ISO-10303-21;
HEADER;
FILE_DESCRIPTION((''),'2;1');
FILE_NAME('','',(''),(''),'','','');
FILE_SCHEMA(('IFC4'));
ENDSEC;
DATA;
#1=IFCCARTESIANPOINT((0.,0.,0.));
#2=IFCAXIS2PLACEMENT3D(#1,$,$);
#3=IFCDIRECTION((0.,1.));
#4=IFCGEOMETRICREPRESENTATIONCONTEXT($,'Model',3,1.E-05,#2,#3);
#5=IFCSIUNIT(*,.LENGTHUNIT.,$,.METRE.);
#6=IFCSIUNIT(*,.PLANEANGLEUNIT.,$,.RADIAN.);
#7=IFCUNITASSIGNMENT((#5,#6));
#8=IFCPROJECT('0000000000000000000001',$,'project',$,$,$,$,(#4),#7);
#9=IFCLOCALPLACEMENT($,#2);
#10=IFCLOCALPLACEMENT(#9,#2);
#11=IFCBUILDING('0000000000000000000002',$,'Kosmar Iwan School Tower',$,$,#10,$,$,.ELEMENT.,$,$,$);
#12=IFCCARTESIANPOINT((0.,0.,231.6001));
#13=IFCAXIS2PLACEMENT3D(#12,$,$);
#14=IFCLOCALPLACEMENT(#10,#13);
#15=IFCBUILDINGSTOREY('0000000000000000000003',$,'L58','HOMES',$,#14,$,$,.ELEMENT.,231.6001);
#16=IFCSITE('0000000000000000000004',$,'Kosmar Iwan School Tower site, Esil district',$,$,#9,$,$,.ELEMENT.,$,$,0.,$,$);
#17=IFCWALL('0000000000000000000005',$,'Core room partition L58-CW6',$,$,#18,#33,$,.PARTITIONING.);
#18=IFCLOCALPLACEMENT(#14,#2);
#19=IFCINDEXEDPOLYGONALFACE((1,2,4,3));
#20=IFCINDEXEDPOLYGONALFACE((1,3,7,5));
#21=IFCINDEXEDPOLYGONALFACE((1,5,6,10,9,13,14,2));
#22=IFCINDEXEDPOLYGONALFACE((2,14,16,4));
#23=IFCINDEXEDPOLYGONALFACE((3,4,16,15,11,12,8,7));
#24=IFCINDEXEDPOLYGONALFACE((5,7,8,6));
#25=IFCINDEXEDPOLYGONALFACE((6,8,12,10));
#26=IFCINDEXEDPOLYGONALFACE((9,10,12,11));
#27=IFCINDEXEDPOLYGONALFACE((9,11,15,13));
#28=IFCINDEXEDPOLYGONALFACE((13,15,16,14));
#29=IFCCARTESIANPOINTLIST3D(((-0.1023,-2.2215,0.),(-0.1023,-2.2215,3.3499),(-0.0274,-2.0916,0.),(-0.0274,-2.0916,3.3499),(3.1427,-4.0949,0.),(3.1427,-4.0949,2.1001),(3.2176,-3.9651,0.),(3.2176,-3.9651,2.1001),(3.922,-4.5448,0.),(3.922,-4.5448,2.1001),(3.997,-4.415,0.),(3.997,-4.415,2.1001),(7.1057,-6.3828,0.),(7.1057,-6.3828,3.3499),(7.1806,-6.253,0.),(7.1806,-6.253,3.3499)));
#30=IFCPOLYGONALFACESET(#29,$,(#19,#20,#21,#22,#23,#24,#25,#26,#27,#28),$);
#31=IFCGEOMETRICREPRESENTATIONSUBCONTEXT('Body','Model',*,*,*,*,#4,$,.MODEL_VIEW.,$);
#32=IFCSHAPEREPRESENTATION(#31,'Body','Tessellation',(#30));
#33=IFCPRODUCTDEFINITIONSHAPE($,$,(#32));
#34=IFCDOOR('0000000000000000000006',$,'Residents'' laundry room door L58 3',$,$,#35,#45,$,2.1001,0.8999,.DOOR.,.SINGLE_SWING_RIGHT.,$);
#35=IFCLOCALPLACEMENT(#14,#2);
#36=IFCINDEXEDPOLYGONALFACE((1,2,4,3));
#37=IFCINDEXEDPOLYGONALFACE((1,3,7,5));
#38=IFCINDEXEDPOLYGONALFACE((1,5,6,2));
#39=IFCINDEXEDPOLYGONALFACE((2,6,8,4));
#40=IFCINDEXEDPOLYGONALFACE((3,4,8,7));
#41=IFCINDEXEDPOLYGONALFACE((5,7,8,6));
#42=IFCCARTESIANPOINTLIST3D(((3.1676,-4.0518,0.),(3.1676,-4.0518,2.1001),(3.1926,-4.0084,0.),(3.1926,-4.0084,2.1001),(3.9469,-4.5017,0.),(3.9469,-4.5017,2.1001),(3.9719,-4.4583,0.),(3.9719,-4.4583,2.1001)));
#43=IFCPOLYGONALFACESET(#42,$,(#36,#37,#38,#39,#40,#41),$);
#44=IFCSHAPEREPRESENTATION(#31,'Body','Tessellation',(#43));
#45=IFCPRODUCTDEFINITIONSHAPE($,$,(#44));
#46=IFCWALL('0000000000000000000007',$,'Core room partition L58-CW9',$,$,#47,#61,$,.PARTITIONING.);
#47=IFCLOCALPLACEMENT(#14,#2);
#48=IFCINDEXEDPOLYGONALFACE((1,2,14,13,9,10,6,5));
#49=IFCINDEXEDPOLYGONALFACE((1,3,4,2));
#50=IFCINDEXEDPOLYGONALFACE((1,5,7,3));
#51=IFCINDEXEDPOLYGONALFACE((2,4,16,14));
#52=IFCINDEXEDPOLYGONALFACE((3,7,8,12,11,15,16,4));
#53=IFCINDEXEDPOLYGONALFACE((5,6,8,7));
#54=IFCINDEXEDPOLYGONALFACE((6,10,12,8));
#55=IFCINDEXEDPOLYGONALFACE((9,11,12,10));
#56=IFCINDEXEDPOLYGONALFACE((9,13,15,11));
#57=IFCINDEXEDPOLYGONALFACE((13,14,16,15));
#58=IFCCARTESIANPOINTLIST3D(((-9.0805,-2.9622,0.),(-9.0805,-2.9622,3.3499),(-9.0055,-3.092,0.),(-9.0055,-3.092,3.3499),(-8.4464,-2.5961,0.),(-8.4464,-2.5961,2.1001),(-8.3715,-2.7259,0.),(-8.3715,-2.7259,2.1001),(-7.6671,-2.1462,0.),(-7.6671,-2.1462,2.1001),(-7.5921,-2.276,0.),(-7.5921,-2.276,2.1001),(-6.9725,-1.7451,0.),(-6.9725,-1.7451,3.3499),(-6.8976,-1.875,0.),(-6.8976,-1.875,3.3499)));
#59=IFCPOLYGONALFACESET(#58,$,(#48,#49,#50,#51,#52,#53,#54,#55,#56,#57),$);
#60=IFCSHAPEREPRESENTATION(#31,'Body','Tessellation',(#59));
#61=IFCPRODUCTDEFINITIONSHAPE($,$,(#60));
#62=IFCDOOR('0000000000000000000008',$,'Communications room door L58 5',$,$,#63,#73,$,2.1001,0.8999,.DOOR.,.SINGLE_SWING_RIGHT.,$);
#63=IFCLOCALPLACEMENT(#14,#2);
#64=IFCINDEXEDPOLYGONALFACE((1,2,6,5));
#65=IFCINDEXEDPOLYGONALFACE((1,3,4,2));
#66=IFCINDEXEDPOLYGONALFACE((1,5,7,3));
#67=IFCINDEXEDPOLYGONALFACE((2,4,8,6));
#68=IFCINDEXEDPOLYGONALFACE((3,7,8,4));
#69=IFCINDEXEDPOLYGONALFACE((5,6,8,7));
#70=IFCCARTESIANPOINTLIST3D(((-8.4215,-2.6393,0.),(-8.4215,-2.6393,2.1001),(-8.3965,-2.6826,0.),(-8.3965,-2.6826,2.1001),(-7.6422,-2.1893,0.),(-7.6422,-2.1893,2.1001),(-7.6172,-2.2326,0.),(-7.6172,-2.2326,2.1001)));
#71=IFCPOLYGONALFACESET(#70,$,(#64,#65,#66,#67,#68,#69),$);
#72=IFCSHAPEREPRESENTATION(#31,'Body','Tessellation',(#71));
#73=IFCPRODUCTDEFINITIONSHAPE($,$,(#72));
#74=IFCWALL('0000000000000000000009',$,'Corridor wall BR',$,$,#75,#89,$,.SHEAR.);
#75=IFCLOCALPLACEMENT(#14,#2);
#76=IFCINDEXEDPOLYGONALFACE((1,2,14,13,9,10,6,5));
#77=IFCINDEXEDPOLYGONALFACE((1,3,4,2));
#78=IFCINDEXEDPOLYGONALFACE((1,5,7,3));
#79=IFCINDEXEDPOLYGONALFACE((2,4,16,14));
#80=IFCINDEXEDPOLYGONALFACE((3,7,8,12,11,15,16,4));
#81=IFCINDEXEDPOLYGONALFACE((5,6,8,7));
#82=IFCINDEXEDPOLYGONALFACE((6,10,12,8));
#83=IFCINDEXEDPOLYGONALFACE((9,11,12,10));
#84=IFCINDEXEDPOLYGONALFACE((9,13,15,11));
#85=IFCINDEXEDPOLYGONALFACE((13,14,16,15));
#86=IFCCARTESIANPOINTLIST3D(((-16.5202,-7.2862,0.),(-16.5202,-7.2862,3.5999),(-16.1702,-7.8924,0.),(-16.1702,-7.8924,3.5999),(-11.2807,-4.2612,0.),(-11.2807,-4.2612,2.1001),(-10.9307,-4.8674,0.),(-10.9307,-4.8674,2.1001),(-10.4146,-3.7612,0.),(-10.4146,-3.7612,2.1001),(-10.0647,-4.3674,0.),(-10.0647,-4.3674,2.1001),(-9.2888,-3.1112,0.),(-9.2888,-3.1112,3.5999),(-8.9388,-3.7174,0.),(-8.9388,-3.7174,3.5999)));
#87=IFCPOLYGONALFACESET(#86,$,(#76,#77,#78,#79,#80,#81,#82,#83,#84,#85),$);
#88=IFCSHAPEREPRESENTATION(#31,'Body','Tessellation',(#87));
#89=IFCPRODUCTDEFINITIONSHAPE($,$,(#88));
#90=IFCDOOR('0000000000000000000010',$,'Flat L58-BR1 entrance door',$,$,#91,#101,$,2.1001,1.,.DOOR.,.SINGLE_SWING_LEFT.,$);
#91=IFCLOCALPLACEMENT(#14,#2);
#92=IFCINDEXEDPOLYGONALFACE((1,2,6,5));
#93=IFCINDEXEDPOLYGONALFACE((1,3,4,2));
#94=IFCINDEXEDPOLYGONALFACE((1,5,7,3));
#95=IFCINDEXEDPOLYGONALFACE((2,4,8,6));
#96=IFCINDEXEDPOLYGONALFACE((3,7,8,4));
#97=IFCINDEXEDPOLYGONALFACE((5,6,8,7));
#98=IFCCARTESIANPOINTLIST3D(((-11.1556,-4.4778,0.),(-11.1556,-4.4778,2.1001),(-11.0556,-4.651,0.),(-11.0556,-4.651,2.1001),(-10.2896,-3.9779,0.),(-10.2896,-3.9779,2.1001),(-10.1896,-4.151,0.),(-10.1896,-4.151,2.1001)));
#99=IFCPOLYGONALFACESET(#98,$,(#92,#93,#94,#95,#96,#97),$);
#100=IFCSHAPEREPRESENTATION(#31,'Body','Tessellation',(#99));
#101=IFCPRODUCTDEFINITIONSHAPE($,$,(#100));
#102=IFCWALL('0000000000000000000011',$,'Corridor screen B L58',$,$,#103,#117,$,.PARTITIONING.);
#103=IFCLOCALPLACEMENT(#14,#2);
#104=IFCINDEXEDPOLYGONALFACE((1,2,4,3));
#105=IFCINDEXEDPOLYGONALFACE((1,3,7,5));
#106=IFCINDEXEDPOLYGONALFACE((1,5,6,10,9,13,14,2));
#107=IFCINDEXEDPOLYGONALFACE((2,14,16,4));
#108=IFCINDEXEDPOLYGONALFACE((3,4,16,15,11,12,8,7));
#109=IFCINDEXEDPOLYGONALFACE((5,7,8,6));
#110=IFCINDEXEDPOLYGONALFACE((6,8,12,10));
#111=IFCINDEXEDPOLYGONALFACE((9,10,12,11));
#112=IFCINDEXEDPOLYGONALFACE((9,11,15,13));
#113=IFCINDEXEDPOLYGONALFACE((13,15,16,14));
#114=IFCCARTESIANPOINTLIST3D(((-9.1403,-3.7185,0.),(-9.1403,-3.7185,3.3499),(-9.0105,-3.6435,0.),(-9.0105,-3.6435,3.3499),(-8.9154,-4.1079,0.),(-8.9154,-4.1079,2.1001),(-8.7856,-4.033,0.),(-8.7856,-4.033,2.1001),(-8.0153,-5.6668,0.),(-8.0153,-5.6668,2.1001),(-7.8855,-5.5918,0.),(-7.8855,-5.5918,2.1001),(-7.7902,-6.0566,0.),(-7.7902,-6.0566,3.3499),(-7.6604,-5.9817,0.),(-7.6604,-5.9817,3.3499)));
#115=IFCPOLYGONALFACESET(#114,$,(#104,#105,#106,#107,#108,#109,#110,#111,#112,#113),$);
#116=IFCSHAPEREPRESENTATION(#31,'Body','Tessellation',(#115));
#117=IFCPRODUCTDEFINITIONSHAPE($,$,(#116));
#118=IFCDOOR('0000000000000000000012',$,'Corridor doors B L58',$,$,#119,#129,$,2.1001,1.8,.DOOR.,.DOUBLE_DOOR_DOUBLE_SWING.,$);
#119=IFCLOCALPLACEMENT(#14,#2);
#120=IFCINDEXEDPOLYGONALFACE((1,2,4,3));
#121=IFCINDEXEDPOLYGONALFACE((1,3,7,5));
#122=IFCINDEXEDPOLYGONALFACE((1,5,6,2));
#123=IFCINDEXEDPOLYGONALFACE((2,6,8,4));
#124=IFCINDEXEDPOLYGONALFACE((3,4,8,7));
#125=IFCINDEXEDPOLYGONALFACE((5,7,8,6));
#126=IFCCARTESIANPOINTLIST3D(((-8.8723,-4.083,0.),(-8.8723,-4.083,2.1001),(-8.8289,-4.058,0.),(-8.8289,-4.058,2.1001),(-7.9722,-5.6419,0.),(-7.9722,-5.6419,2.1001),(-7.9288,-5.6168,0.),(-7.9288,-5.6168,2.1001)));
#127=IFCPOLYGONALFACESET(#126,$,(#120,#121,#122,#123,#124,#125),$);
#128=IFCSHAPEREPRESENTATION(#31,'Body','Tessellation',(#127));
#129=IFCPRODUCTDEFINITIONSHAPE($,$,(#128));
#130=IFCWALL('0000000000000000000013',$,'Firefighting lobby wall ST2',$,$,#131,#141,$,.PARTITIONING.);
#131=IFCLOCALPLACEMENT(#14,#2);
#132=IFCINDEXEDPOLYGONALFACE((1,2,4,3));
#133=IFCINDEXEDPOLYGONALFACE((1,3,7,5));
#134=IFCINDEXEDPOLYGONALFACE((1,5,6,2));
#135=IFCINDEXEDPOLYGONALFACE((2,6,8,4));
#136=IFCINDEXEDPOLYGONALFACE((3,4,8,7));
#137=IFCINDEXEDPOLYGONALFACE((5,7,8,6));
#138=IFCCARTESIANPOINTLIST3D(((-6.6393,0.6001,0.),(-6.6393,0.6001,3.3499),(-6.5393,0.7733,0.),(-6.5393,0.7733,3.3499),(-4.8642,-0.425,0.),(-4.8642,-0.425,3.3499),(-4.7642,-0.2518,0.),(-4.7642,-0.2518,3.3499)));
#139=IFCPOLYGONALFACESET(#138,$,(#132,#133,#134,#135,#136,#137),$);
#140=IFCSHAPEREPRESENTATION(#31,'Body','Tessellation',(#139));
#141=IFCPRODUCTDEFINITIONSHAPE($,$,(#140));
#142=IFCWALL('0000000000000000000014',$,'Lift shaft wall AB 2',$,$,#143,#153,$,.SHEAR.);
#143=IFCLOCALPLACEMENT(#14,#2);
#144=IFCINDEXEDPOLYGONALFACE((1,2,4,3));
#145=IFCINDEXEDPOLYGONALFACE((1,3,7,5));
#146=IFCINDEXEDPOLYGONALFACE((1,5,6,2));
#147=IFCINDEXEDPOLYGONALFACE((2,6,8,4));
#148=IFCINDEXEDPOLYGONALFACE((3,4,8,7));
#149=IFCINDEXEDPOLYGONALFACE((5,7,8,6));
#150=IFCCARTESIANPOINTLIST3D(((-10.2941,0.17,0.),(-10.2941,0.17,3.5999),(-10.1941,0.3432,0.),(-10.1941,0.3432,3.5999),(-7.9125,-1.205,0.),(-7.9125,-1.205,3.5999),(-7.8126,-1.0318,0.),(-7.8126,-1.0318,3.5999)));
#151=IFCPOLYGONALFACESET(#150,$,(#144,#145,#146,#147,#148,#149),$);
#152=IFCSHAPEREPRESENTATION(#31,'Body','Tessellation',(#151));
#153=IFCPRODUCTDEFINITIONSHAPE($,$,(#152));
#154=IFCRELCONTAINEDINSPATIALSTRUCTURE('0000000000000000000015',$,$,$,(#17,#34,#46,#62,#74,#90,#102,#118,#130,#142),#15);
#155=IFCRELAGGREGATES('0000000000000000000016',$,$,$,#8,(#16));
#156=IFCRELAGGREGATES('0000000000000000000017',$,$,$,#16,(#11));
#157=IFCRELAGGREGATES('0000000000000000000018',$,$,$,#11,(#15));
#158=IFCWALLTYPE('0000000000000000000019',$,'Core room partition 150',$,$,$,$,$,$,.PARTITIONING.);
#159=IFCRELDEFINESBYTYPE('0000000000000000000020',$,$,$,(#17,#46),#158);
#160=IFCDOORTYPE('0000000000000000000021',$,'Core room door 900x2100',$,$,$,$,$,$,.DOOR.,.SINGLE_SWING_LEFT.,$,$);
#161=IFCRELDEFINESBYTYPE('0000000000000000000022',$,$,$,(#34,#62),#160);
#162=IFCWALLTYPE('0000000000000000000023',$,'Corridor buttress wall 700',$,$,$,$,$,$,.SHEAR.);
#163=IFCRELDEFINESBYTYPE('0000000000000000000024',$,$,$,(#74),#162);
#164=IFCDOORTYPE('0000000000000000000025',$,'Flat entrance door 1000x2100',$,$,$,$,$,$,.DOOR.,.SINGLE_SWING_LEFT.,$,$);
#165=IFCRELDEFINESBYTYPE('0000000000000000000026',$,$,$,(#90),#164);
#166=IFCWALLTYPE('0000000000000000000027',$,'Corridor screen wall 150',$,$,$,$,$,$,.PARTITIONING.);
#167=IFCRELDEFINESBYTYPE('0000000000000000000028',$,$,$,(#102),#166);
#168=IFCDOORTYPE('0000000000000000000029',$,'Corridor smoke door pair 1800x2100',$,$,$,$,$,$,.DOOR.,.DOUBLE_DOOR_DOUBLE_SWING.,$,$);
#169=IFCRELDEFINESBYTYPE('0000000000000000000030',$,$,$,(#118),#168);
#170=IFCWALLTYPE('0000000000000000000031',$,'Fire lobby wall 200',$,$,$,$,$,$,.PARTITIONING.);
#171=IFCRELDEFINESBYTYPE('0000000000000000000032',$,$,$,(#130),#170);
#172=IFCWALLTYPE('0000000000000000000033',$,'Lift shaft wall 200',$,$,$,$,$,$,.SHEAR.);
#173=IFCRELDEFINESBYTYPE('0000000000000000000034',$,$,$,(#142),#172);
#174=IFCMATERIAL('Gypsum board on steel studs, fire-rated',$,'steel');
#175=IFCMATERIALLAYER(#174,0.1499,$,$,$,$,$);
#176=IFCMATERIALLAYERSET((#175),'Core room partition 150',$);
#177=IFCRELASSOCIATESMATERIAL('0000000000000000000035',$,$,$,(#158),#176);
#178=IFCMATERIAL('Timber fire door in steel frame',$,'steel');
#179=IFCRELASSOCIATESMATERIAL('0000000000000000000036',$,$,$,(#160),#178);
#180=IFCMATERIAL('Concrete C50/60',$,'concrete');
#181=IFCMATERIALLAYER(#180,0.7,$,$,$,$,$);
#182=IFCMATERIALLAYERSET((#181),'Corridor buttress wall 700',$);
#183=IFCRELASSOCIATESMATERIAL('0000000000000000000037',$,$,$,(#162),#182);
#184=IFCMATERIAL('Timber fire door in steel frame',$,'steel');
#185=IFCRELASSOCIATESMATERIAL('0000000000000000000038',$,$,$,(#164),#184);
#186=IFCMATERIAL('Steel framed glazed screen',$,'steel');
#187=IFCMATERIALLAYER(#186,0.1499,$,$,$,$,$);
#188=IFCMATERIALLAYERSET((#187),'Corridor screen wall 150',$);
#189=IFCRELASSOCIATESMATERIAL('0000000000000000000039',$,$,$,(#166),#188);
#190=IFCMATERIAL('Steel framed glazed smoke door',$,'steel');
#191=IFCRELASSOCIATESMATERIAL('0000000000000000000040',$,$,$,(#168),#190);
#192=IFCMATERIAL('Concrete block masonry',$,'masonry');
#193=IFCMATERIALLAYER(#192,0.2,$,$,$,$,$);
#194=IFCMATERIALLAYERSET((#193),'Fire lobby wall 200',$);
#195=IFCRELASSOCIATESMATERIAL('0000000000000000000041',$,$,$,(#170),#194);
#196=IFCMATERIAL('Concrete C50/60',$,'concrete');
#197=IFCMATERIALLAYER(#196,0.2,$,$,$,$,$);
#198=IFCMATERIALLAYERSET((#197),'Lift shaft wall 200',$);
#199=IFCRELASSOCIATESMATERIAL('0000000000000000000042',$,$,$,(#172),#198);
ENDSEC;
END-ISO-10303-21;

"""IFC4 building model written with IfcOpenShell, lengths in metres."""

from ifc_helpers import new_model, si_unit, direction, frame, frame_2d, origin, place, context, subcontext, project, spatial, rectangle, extrude, material, layer, layer_set, type_object, element, fill, save


model = new_model("IFC4")

# Units and contexts
model_context = context("Model", 3, precision=1e-05, world=origin(), true_north=direction((0.0, 1.0)))
body_context = subcontext(model_context, "Body", "Model", "MODEL_VIEW")
ifc_project = project(units=[si_unit("LENGTHUNIT", "METRE"), si_unit("PLANEANGLEUNIT", "RADIAN")], contexts=[model_context])

# Site, building, storey
site_placement = place(None, origin())
site = spatial("IfcSite", under=ifc_project, at=site_placement, Name="Kosmar Iwan School Tower site, Esil district", CompositionType="ELEMENT", RefElevation=0.0)
building_placement = place(site_placement, origin())
building = spatial("IfcBuilding", under=site, at=building_placement, Name="Kosmar Iwan School Tower", CompositionType="ELEMENT")
storey_placement = place(building_placement, frame((0.0, 0.0, 231.6001)))
storey = spatial("IfcBuildingStorey", under=building, at=storey_placement, Name="L58", Description="HOMES", CompositionType="ELEMENT", Elevation=231.6001)

# Walls, openings, doors
ifc_material_1 = material(Name="Gypsum board on steel studs, fire-rated", Category="steel")
ifc_layer_1 = layer(ifc_material_1, 0.1499)
ifc_layer_set_1 = layer_set([ifc_layer_1], Name="Core room partition 150")
wall_type_1 = type_object("IfcWallType", Name="Core room partition 150", PredefinedType="PARTITIONING", material=ifc_layer_set_1)
wall_1_placement = place(storey_placement, frame((-0.0649, -2.1565, 0.0), z_axis=(0.0, 0.0, 1.0), x_axis=(0.866034, -0.499985, 0.0)))
wall_1 = element("IfcWall", 1, at=wall_1_placement, inside=storey, type_object=wall_type_1, Name="Core room partition L58-CW6", PredefinedType="PARTITIONING", context=body_context, shape_type="SweptSolid", body=[
    extrude(rectangle(XDim=8.323, YDim=0.1499, at=frame_2d((4.1616, 0.0))), origin(), (0.0, 0.0, 1.0), 3.3499),
])
opening_1_placement = place(wall_1_placement, frame((3.7471, 0.0, 0.0)))
opening_1 = element("IfcOpeningElement", 2, at=opening_1_placement, cuts=wall_1, PredefinedType="OPENING", context=body_context, shape_type="SweptSolid", body=[
    extrude(rectangle(XDim=0.8999, YDim=2.1001, at=frame_2d((0.45, 1.05))), frame((0.0, 0.0869, 0.0), z_axis=(0.0, -1.0, 0.0), x_axis=(1.0, 0.0, 0.0)), (0.0, 0.0, 1.0), 0.1738),
])
ifc_material_2 = material(Name="Timber fire door in steel frame", Category="steel")
door_type_1 = type_object("IfcDoorType", Name="Core room door 900x2100", OperationType="SINGLE_SWING_LEFT", PredefinedType="DOOR", material=ifc_material_2)
door_1_placement = place(opening_1_placement, origin())
door_1 = element("IfcDoor", 3, at=door_1_placement, inside=storey, type_object=door_type_1, Name="Residents' laundry room door L58 3", OperationType="SINGLE_SWING_RIGHT", OverallHeight=2.1001, OverallWidth=0.8999, PredefinedType="DOOR", context=body_context, shape_type="SweptSolid", body=[
    extrude(rectangle(XDim=0.8999, YDim=2.1001, at=frame_2d((0.45, 1.05))), frame((0.0, 0.0249, 0.0), z_axis=(0.0, -1.0, 0.0), x_axis=(1.0, 0.0, 0.0)), (0.0, 0.0, 1.0), 0.05),
])
fill(opening_1, door_1)
wall_2_placement = place(storey_placement, frame((-6.9351, -1.8101, 0.0), z_axis=(0.0, 0.0, 1.0), x_axis=(-0.866019, -0.500012, 0.0)))
wall_2 = element("IfcWall", 4, at=wall_2_placement, inside=storey, type_object=wall_type_1, Name="Core room partition L58-CW9", PredefinedType="PARTITIONING", context=body_context, shape_type="SweptSolid", body=[
    extrude(rectangle(XDim=2.4341, YDim=0.1499, at=frame_2d((1.217, 0.0))), origin(), (0.0, 0.0, 1.0), 3.3499),
])
opening_2_placement = place(wall_2_placement, frame((0.802, 0.0, 0.0)))
opening_2 = element("IfcOpeningElement", 5, at=opening_2_placement, cuts=wall_2, PredefinedType="OPENING", context=body_context, shape_type="SweptSolid", body=[
    extrude(rectangle(XDim=0.8999, YDim=2.1001, at=frame_2d((0.45, 1.05))), frame((0.0, 0.0869, 0.0), z_axis=(0.0, -1.0, 0.0), x_axis=(1.0, 0.0, 0.0)), (0.0, 0.0, 1.0), 0.1738),
])
door_2_placement = place(opening_2_placement, origin())
door_2 = element("IfcDoor", 6, at=door_2_placement, inside=storey, type_object=door_type_1, Name="Communications room door L58 5", OperationType="SINGLE_SWING_RIGHT", OverallHeight=2.1001, OverallWidth=0.8999, PredefinedType="DOOR", context=body_context, shape_type="SweptSolid", body=[
    extrude(rectangle(XDim=0.8999, YDim=2.1001, at=frame_2d((0.45, 1.05))), frame((0.0, 0.0249, 0.0), z_axis=(0.0, -1.0, 0.0), x_axis=(1.0, 0.0, 0.0)), (0.0, 0.0, 1.0), 0.05),
])
fill(opening_2, door_2)
ifc_material_3 = material(Name="Concrete C50/60", Category="concrete")
ifc_layer_2 = layer(ifc_material_3, 0.7)
ifc_layer_set_2 = layer_set([ifc_layer_2], Name="Corridor buttress wall 700")
wall_type_2 = type_object("IfcWallType", Name="Corridor buttress wall 700", PredefinedType="SHEAR", material=ifc_layer_set_2)
wall_3_placement = place(storey_placement, frame((-9.1138, -3.4143, 0.0), z_axis=(0.0, 0.0, 1.0), x_axis=(-0.866027, -0.499997, 0.0)))
wall_3 = element("IfcWall", 7, at=wall_3_placement, inside=storey, type_object=wall_type_2, Name="Corridor wall BR", PredefinedType="SHEAR", context=body_context, shape_type="SweptSolid", body=[
    extrude(rectangle(XDim=8.3501, YDim=0.7, at=frame_2d((4.175, 0.0))), origin(), (0.0, 0.0, 1.0), 3.5999),
])
opening_3_placement = place(wall_3_placement, frame((1.3, 0.0, 0.0)))
opening_3 = element("IfcOpeningElement", 8, at=opening_3_placement, cuts=wall_3, PredefinedType="OPENING", context=body_context, shape_type="SweptSolid", body=[
    extrude(rectangle(XDim=1.0, YDim=2.1001, at=frame_2d((0.5, 1.05))), frame((0.0, 0.3621, 0.0), z_axis=(0.0, -1.0, 0.0), x_axis=(1.0, 0.0, 0.0)), (0.0, 0.0, 1.0), 0.7239),
])
ifc_material_4 = material(Name="Timber fire door in steel frame", Category="steel")
door_type_2 = type_object("IfcDoorType", Name="Flat entrance door 1000x2100", OperationType="SINGLE_SWING_LEFT", PredefinedType="DOOR", material=ifc_material_4)
door_3_placement = place(opening_3_placement, origin())
door_3 = element("IfcDoor", 9, at=door_3_placement, inside=storey, type_object=door_type_2, Name="Flat L58-BR1 entrance door", OperationType="SINGLE_SWING_LEFT", OverallHeight=2.1001, OverallWidth=1.0, PredefinedType="DOOR", context=body_context, shape_type="SweptSolid", body=[
    extrude(rectangle(XDim=1.0, YDim=2.1001, at=frame_2d((0.5, 1.05))), frame((0.0, 0.1001, 0.0), z_axis=(0.0, -1.0, 0.0), x_axis=(1.0, 0.0, 0.0)), (0.0, 0.0, 1.0), 0.2),
])
fill(opening_3, door_3)
ifc_material_5 = material(Name="Steel framed glazed screen", Category="steel")
ifc_layer_3 = layer(ifc_material_5, 0.1499)
ifc_layer_set_3 = layer_set([ifc_layer_3], Name="Corridor screen wall 150")
wall_type_3 = type_object("IfcWallType", Name="Corridor screen wall 150", PredefinedType="PARTITIONING", material=ifc_layer_set_3)
wall_4_placement = place(storey_placement, frame((-9.0754, -3.6809, 0.0), z_axis=(0.0, 0.0, 1.0), x_axis=(0.500049, -0.865997, 0.0)))
wall_4 = element("IfcWall", 10, at=wall_4_placement, inside=storey, type_object=wall_type_3, Name="Corridor screen B L58", PredefinedType="PARTITIONING", context=body_context, shape_type="SweptSolid", body=[
    extrude(rectangle(XDim=2.7, YDim=0.1499, at=frame_2d((1.3501, 0.0))), origin(), (0.0, 0.0, 1.0), 3.3499),
])
opening_4_placement = place(wall_4_placement, frame((0.45, 0.0, 0.0)))
opening_4 = element("IfcOpeningElement", 11, at=opening_4_placement, cuts=wall_4, PredefinedType="OPENING", context=body_context, shape_type="SweptSolid", body=[
    extrude(rectangle(XDim=1.8, YDim=2.1001, at=frame_2d((0.8999, 1.05))), frame((0.0, 0.0869, 0.0), z_axis=(0.0, -1.0, 0.0), x_axis=(1.0, 0.0, 0.0)), (0.0, 0.0, 1.0), 0.1738),
])
ifc_material_6 = material(Name="Steel framed glazed smoke door", Category="steel")
door_type_3 = type_object("IfcDoorType", Name="Corridor smoke door pair 1800x2100", OperationType="DOUBLE_DOOR_DOUBLE_SWING", PredefinedType="DOOR", material=ifc_material_6)
door_4_placement = place(opening_4_placement, origin())
door_4 = element("IfcDoor", 12, at=door_4_placement, inside=storey, type_object=door_type_3, Name="Corridor doors B L58", OperationType="DOUBLE_DOOR_DOUBLE_SWING", OverallHeight=2.1001, OverallWidth=1.8, PredefinedType="DOOR", context=body_context, shape_type="SweptSolid", body=[
    extrude(rectangle(XDim=1.8, YDim=2.1001, at=frame_2d((0.8999, 1.05))), frame((0.0, 0.0249, 0.0), z_axis=(0.0, -1.0, 0.0), x_axis=(1.0, 0.0, 0.0)), (0.0, 0.0, 1.0), 0.05),
])
fill(opening_4, door_4)

# Walls
ifc_material_7 = material(Name="Concrete block masonry", Category="masonry")
ifc_layer_4 = layer(ifc_material_7, 0.2)
ifc_layer_set_4 = layer_set([ifc_layer_4], Name="Fire lobby wall 200")
wall_type_4 = type_object("IfcWallType", Name="Fire lobby wall 200", PredefinedType="PARTITIONING", material=ifc_layer_set_4)
wall_5_placement = place(storey_placement, frame((-4.8142, -0.3384, 0.0), z_axis=(0.0, 0.0, 1.0), x_axis=(-0.865969, 0.500097, 0.0)))
element("IfcWall", 13, at=wall_5_placement, inside=storey, type_object=wall_type_4, Name="Firefighting lobby wall ST2", PredefinedType="PARTITIONING", context=body_context, shape_type="SweptSolid", body=[
    extrude(rectangle(XDim=2.0498, YDim=0.2, at=frame_2d((1.0249, 0.0))), origin(), (0.0, 0.0, 1.0), 3.3499),
])
ifc_material_8 = material(Name="Concrete C50/60", Category="concrete")
ifc_layer_5 = layer(ifc_material_8, 0.2)
ifc_layer_set_5 = layer_set([ifc_layer_5], Name="Lift shaft wall 200")
wall_type_5 = type_object("IfcWallType", Name="Lift shaft wall 200", PredefinedType="SHEAR", material=ifc_layer_set_5)
wall_6_placement = place(storey_placement, frame((-7.8625, -1.1184, 0.0), z_axis=(0.0, 0.0, 1.0), x_axis=(-0.866027, 0.499997, 0.0)))
element("IfcWall", 14, at=wall_6_placement, inside=storey, type_object=wall_type_5, Name="Lift shaft wall AB 2", PredefinedType="SHEAR", context=body_context, shape_type="SweptSolid", body=[
    extrude(rectangle(XDim=2.75, YDim=0.2, at=frame_2d((1.375, 0.0))), origin(), (0.0, 0.0, 1.0), 3.5999),
])

save(model, "model.ifc")
